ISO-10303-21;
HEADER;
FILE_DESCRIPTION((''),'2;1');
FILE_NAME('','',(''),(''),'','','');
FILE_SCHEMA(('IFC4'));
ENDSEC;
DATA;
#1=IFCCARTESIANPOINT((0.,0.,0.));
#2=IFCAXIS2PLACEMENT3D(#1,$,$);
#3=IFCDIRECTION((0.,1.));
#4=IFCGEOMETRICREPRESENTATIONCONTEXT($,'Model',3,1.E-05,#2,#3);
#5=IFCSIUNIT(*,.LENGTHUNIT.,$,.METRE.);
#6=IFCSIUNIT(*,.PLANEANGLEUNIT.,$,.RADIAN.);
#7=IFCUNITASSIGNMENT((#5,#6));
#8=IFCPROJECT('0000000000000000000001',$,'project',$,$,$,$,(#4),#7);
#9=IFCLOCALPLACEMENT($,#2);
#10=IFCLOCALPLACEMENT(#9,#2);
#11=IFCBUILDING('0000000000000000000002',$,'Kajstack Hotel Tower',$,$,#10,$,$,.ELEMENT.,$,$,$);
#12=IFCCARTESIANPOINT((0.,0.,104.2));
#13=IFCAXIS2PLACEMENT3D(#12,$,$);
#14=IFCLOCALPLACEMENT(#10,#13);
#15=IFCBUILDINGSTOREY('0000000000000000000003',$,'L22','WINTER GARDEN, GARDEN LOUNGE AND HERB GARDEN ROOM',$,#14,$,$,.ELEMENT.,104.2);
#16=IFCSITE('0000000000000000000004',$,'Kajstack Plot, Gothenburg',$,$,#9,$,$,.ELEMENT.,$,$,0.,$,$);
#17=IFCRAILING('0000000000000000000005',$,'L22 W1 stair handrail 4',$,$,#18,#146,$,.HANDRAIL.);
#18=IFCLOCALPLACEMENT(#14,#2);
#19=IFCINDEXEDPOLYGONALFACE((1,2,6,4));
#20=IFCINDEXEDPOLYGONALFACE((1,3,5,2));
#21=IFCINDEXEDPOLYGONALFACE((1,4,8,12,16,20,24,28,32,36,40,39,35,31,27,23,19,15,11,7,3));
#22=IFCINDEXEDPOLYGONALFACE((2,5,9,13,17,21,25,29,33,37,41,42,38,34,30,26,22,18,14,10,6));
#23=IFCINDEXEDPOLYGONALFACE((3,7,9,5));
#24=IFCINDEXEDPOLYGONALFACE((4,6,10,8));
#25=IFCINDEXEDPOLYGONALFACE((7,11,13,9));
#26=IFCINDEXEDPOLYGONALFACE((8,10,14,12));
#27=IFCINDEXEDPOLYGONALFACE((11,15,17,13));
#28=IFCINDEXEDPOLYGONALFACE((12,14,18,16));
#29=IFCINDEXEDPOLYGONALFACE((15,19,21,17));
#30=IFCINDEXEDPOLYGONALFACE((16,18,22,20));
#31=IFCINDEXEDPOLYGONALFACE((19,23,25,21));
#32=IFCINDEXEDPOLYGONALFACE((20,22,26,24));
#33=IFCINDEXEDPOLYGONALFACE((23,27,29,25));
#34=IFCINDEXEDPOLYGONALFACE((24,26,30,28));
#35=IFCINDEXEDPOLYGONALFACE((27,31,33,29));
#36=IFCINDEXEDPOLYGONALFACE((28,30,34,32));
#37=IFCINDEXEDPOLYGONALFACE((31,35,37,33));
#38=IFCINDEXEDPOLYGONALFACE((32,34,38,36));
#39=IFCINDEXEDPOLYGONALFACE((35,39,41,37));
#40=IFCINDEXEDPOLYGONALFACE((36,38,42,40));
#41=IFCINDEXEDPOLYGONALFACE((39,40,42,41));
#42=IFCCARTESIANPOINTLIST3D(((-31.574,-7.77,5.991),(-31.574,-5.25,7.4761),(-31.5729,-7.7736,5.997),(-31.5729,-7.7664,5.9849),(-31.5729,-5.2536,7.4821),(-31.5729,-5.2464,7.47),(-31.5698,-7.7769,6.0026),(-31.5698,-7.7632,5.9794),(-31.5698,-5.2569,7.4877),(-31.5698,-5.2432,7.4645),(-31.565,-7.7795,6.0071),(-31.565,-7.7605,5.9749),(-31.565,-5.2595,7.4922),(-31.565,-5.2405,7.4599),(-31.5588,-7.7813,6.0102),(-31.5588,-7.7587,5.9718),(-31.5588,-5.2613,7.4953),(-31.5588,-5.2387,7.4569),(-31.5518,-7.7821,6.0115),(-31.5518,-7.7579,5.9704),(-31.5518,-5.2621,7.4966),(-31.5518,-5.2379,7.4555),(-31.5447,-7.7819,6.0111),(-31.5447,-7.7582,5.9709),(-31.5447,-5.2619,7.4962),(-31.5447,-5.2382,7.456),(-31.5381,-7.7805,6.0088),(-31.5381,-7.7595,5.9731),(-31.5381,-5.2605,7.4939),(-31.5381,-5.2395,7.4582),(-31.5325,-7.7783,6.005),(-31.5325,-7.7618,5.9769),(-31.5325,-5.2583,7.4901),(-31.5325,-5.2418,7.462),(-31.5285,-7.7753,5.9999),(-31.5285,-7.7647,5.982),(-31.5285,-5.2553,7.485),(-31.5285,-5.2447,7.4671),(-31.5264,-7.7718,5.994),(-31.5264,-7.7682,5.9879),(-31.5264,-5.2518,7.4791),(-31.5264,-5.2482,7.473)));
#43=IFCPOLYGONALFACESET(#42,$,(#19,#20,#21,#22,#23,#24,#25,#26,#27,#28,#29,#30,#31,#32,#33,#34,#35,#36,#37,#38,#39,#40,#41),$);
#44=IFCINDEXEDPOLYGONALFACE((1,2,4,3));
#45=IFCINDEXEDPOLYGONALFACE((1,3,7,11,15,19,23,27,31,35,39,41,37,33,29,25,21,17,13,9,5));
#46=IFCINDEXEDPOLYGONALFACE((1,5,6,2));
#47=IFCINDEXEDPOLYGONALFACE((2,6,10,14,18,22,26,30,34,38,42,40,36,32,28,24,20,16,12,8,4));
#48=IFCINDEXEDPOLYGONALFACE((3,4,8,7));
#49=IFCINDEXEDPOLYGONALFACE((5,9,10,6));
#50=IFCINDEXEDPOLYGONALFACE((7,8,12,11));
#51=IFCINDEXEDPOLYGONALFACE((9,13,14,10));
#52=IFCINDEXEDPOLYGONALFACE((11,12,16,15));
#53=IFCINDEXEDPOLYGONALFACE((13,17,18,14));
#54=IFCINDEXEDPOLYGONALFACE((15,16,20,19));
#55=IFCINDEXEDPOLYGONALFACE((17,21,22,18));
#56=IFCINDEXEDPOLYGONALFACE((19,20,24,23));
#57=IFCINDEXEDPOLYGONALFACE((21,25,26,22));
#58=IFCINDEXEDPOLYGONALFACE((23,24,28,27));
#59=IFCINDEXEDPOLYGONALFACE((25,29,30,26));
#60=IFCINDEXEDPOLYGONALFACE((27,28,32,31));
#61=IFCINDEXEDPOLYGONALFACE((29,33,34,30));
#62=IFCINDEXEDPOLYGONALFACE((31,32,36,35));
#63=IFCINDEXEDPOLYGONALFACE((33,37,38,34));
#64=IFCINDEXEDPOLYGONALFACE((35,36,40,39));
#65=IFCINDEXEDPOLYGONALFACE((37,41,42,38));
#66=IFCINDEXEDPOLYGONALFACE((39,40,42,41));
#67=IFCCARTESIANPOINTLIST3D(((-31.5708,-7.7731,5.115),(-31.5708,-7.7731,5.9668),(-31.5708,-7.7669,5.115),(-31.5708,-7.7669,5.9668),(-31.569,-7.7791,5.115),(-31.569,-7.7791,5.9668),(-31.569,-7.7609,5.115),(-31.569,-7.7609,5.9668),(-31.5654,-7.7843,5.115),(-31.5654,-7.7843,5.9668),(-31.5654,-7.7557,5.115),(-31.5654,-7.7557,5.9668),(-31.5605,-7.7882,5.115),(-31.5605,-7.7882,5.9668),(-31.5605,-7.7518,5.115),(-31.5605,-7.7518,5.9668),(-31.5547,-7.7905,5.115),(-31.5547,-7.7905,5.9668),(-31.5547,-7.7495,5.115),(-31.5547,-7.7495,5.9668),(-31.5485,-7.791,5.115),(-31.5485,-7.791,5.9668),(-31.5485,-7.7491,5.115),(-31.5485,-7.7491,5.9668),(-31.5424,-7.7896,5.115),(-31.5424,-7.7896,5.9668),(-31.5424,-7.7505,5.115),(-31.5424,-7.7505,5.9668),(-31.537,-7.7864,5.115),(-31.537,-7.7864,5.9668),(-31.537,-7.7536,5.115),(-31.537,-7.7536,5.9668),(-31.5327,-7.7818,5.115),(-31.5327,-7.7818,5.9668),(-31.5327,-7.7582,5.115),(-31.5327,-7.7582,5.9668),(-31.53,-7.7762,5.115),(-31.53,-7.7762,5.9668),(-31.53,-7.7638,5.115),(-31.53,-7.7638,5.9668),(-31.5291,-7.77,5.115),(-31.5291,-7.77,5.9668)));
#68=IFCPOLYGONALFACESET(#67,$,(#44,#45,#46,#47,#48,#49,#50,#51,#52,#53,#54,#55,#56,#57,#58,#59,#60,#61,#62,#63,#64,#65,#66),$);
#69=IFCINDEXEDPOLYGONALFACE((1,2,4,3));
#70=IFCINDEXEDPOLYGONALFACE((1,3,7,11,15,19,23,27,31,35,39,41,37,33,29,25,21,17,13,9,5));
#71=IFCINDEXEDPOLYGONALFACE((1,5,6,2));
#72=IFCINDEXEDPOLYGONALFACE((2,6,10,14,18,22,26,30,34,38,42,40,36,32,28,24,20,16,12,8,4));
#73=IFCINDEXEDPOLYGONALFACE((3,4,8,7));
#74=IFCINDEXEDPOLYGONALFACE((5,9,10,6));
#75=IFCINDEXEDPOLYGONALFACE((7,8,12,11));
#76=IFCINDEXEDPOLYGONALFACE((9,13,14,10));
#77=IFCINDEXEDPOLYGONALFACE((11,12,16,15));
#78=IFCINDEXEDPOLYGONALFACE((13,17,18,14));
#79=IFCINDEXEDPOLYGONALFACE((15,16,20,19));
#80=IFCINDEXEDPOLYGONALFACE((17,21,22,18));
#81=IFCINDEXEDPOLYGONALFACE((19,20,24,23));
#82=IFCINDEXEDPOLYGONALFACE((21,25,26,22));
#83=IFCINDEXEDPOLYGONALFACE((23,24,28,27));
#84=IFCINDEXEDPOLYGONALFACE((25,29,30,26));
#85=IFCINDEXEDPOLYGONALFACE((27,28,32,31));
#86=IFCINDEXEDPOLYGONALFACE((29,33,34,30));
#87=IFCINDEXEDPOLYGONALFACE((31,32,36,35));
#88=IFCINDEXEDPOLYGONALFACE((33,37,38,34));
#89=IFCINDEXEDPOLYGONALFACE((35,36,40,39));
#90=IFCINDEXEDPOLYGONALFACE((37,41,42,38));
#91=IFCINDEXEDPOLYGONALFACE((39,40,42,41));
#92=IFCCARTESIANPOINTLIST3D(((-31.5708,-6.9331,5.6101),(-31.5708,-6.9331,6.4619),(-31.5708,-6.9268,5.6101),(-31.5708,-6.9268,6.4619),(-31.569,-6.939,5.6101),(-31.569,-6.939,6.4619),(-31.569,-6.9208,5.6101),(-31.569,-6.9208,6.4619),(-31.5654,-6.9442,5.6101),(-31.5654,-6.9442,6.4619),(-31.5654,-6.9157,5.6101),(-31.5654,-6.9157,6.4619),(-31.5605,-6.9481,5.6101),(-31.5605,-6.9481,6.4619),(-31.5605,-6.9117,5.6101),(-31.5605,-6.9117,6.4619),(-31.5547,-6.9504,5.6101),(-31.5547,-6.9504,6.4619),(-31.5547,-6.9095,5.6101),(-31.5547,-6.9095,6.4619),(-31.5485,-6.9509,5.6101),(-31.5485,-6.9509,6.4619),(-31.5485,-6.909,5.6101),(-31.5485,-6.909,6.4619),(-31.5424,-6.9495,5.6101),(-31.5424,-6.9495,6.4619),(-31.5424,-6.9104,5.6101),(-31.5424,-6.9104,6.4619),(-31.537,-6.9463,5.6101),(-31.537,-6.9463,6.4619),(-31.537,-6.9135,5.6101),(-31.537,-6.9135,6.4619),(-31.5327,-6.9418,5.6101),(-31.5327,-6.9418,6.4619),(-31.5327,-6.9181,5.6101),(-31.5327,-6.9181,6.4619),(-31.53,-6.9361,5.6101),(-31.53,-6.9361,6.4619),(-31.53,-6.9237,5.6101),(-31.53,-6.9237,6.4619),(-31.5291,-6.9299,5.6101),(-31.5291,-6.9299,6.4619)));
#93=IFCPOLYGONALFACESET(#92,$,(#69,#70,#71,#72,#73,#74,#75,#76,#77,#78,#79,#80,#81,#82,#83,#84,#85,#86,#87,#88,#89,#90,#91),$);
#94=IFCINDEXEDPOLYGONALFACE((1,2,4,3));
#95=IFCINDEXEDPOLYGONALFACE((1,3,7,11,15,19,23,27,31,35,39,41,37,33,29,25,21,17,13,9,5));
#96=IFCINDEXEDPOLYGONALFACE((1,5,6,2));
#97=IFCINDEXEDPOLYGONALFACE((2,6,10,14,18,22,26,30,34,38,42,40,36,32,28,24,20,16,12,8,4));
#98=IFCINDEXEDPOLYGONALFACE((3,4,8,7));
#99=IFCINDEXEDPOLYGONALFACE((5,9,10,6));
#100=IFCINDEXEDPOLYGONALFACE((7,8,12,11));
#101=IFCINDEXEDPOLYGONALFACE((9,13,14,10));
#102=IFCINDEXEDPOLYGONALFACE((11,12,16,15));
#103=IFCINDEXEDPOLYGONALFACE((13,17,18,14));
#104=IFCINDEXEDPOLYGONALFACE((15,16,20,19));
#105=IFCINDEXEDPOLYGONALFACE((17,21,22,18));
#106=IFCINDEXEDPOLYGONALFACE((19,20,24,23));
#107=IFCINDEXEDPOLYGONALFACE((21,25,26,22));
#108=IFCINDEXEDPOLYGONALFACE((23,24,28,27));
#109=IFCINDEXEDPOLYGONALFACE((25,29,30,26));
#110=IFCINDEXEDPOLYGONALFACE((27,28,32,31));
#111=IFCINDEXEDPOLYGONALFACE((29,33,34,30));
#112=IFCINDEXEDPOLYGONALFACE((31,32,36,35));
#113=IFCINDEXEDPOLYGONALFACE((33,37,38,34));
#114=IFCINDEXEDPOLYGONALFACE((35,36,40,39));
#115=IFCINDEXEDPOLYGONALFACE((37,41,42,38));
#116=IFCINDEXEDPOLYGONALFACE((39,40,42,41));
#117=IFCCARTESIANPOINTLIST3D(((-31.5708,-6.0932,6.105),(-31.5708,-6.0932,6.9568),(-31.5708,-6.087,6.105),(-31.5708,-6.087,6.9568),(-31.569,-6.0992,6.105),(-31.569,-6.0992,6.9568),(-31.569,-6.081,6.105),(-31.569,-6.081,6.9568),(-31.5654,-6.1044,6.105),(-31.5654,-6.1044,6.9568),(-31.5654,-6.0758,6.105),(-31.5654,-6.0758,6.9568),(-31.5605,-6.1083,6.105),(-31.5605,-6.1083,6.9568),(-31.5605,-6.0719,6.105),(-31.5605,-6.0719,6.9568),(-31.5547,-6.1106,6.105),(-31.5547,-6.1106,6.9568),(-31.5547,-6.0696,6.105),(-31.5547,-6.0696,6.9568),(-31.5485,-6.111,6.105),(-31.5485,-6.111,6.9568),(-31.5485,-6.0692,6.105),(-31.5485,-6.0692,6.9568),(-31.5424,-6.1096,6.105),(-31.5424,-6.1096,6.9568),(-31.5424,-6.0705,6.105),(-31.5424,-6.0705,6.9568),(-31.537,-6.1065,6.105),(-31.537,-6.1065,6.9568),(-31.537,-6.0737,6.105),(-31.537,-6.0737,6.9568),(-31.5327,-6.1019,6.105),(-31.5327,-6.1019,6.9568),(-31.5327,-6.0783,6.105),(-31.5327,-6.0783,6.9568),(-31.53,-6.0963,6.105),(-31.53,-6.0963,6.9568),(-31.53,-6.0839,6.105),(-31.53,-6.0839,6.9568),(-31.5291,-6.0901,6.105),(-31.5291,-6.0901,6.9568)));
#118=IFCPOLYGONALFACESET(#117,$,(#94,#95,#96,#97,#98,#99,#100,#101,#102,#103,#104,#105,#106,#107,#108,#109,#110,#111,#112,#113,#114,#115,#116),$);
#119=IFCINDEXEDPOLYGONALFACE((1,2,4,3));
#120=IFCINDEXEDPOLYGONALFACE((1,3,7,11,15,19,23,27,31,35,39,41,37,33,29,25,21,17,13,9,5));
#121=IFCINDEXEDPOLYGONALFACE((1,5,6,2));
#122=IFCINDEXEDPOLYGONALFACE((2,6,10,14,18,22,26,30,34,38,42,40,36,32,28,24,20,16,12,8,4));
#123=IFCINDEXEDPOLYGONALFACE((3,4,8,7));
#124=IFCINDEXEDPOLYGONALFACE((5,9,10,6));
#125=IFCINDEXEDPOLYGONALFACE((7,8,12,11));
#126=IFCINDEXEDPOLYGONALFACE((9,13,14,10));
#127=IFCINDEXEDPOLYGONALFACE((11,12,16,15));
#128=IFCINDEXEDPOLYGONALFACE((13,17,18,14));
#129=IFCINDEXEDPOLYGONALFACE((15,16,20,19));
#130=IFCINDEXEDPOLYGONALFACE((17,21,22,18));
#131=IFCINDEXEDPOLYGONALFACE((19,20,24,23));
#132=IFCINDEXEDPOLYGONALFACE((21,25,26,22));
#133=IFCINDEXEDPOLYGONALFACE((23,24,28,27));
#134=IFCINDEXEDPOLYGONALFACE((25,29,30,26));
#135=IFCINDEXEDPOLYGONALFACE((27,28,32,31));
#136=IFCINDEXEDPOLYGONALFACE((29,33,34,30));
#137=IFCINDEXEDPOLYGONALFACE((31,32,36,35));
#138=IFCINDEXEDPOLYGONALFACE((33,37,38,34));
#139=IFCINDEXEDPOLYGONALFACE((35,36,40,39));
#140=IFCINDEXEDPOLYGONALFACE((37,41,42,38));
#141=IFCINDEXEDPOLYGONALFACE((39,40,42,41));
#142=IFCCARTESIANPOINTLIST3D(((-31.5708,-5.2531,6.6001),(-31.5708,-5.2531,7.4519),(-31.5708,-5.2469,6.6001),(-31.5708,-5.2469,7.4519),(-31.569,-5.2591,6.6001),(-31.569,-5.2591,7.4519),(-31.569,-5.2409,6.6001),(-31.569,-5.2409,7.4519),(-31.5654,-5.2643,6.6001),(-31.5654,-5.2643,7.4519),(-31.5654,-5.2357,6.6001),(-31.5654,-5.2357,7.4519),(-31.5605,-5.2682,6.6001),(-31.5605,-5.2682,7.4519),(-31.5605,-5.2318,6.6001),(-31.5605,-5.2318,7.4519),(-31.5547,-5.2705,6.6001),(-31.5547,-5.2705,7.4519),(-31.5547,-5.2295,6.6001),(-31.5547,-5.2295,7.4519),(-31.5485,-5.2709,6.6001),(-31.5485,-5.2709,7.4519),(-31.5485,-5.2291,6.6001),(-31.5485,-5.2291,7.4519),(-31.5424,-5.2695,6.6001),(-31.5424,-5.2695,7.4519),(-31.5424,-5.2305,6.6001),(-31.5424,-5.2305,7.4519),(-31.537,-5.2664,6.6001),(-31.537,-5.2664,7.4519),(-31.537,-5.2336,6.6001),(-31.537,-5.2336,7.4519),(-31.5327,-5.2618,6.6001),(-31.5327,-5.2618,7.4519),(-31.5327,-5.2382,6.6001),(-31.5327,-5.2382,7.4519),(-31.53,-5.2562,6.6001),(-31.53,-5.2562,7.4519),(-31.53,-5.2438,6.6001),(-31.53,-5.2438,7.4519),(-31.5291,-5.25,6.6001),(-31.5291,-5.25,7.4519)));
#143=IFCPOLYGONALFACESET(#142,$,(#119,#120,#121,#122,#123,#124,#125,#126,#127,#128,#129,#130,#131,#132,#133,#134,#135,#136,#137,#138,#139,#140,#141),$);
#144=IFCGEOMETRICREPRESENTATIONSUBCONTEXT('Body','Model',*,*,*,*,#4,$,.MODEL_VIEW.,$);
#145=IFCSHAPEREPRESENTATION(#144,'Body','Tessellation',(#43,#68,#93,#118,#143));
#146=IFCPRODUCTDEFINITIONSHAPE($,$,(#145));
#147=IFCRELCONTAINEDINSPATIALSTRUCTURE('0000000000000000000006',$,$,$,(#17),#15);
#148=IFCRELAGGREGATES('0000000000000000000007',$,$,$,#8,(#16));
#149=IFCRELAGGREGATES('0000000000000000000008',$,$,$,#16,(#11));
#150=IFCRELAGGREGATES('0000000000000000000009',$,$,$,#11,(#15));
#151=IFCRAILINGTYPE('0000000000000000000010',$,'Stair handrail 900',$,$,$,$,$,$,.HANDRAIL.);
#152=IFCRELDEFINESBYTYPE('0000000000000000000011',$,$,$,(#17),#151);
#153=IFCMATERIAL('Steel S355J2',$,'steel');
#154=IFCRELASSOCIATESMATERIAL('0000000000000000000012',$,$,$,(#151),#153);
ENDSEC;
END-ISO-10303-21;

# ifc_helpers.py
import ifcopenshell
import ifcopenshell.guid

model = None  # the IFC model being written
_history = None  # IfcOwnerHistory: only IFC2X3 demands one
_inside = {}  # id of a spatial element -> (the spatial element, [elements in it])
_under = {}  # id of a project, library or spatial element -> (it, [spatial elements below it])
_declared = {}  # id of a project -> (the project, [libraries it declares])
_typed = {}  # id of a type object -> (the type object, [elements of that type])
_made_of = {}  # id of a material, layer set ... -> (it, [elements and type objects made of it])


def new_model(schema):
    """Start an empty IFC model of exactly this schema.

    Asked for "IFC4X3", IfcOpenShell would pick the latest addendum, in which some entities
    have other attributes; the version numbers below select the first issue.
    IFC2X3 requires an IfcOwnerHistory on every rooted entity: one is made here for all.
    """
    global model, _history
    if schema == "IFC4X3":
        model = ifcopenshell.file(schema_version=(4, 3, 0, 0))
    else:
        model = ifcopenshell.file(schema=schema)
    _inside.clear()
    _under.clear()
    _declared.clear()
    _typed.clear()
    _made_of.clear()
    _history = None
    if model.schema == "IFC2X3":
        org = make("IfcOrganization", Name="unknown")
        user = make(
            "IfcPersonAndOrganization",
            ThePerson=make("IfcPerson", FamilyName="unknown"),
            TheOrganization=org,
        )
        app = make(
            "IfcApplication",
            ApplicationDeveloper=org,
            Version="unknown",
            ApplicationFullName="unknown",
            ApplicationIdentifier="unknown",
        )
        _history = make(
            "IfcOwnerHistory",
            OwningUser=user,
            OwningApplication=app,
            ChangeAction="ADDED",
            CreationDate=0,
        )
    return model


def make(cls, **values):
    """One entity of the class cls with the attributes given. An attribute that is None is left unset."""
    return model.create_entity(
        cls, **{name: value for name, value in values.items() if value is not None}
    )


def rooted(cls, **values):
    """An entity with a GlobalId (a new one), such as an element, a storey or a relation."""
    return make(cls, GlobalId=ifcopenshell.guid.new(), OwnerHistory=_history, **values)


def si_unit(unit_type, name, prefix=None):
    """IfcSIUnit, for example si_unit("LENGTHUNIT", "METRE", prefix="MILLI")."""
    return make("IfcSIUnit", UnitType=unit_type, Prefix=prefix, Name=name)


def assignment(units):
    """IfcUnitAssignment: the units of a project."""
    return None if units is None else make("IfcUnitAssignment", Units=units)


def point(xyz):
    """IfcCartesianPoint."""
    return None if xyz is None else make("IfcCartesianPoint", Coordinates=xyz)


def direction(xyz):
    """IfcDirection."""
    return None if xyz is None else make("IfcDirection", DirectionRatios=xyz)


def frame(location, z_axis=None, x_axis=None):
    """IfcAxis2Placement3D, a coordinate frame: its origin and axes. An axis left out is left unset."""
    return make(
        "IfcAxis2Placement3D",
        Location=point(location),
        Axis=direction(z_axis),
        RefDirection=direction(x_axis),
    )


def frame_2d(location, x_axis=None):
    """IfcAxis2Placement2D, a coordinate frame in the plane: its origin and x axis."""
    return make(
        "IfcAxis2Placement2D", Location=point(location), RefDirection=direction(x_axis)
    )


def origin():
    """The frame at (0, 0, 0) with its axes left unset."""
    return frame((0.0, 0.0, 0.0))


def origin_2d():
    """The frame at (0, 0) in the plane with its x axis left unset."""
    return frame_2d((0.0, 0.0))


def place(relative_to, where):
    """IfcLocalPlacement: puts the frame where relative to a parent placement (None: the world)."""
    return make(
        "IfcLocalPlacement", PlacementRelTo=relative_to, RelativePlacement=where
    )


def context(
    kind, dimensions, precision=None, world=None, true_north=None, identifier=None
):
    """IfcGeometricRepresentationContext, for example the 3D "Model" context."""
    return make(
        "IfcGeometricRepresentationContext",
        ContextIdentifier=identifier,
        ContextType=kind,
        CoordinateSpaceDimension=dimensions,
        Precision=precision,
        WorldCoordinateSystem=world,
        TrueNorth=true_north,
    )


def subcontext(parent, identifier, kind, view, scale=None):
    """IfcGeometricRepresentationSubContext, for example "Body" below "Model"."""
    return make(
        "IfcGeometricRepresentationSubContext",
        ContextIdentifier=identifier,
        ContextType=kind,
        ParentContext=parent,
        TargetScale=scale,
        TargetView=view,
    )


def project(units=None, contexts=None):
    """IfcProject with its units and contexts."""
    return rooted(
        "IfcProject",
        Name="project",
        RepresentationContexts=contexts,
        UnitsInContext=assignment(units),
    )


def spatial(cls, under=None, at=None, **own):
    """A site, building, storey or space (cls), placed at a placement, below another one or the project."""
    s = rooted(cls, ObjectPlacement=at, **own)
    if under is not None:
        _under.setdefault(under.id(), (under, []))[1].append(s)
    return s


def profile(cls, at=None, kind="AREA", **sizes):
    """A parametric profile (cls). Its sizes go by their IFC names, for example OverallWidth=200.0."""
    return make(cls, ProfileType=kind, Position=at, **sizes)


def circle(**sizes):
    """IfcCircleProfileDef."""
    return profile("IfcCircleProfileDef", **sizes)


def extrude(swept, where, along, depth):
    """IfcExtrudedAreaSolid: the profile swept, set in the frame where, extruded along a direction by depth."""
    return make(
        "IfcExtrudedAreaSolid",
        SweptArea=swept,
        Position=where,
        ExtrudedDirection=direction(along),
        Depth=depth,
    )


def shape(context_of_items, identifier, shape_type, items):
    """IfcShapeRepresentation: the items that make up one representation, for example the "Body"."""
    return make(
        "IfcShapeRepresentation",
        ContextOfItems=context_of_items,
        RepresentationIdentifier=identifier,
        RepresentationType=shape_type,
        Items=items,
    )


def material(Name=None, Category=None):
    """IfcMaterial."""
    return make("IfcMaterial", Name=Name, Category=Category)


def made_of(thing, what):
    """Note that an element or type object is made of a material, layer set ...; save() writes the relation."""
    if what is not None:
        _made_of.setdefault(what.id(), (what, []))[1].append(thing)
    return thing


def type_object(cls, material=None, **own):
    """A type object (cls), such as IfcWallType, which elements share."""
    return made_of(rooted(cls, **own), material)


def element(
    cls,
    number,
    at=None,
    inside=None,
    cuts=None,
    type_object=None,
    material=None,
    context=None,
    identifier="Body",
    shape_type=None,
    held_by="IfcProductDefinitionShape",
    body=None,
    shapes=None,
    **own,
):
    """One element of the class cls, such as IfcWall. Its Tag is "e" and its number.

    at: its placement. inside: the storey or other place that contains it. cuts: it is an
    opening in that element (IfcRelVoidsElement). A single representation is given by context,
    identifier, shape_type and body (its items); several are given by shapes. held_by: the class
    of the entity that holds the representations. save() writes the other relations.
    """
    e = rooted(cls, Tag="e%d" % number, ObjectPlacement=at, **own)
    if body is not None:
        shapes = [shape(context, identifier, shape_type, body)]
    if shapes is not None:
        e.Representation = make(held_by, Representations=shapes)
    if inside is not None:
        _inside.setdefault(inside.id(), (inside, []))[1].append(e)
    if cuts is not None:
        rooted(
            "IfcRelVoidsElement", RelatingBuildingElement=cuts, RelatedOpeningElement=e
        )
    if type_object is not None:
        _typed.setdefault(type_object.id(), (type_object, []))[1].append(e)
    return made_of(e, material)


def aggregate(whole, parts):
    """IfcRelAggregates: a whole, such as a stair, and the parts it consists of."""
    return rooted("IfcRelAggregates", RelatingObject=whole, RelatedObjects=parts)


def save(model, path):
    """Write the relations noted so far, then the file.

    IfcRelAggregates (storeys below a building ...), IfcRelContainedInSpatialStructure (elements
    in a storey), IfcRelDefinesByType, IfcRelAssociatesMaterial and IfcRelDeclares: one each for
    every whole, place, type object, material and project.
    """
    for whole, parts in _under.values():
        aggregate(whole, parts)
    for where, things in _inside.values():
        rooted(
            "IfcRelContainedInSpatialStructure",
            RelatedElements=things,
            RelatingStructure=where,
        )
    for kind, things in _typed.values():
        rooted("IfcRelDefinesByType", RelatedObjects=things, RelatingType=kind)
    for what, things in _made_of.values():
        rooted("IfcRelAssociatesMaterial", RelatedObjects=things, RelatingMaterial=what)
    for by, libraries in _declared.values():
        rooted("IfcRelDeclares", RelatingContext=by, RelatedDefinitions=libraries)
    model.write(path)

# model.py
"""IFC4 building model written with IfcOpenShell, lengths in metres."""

from ifc_helpers import new_model, si_unit, direction, frame, origin, origin_2d, place, context, subcontext, project, spatial, circle, extrude, material, type_object, element, save


model = new_model("IFC4")

# Units and contexts
model_context = context("Model", 3, precision=1e-05, world=origin(), true_north=direction((0.0, 1.0)))
body_context = subcontext(model_context, "Body", "Model", "MODEL_VIEW")
ifc_project = project(units=[si_unit("LENGTHUNIT", "METRE"), si_unit("PLANEANGLEUNIT", "RADIAN")], contexts=[model_context])

# Site, building, storey
site_placement = place(None, origin())
site = spatial("IfcSite", under=ifc_project, at=site_placement, Name="Kajstack Plot, Gothenburg", CompositionType="ELEMENT", RefElevation=0.0)
building_placement = place(site_placement, origin())
building = spatial("IfcBuilding", under=site, at=building_placement, Name="Kajstack Hotel Tower", CompositionType="ELEMENT")
storey_placement = place(building_placement, frame((0.0, 0.0, 104.2)))
storey = spatial("IfcBuildingStorey", under=building, at=storey_placement, Name="L22", Description="WINTER GARDEN, GARDEN LOUNGE AND HERB GARDEN ROOM", CompositionType="ELEMENT", Elevation=104.2)

# Railing
ifc_material_1 = material(Name="Steel S355J2", Category="steel")
railing_type_1 = type_object("IfcRailingType", Name="Stair handrail 900", PredefinedType="HANDRAIL", material=ifc_material_1)
railing_1_placement = place(storey_placement, frame((-31.55, -7.77, 5.115)))
element("IfcRailing", 1, at=railing_1_placement, inside=storey, type_object=railing_type_1, Name="L22 W1 stair handrail 4", PredefinedType="HANDRAIL", context=body_context, shape_type="SweptSolid", body=[
    extrude(circle(Radius=0.0239, at=origin_2d()), frame((0.0, 0.0, 0.876), z_axis=(0.0, 0.861524, 0.507717), x_axis=(-1.0, 0.0, 0.0)), (0.0, 0.0, 1.0), 2.925),
    extrude(circle(Radius=0.021, at=origin_2d()), origin(), (0.0, 0.0, 1.0), 0.8518),
    extrude(circle(Radius=0.021, at=origin_2d()), frame((0.0, 0.8401, 0.4951)), (0.0, 0.0, 1.0), 0.8518),
    extrude(circle(Radius=0.021, at=origin_2d()), frame((0.0, 1.6799, 0.99)), (0.0, 0.0, 1.0), 0.8518),
    extrude(circle(Radius=0.021, at=origin_2d()), frame((0.0, 2.52, 1.4851)), (0.0, 0.0, 1.0), 0.8518),
])

save(model, "model.ifc")
